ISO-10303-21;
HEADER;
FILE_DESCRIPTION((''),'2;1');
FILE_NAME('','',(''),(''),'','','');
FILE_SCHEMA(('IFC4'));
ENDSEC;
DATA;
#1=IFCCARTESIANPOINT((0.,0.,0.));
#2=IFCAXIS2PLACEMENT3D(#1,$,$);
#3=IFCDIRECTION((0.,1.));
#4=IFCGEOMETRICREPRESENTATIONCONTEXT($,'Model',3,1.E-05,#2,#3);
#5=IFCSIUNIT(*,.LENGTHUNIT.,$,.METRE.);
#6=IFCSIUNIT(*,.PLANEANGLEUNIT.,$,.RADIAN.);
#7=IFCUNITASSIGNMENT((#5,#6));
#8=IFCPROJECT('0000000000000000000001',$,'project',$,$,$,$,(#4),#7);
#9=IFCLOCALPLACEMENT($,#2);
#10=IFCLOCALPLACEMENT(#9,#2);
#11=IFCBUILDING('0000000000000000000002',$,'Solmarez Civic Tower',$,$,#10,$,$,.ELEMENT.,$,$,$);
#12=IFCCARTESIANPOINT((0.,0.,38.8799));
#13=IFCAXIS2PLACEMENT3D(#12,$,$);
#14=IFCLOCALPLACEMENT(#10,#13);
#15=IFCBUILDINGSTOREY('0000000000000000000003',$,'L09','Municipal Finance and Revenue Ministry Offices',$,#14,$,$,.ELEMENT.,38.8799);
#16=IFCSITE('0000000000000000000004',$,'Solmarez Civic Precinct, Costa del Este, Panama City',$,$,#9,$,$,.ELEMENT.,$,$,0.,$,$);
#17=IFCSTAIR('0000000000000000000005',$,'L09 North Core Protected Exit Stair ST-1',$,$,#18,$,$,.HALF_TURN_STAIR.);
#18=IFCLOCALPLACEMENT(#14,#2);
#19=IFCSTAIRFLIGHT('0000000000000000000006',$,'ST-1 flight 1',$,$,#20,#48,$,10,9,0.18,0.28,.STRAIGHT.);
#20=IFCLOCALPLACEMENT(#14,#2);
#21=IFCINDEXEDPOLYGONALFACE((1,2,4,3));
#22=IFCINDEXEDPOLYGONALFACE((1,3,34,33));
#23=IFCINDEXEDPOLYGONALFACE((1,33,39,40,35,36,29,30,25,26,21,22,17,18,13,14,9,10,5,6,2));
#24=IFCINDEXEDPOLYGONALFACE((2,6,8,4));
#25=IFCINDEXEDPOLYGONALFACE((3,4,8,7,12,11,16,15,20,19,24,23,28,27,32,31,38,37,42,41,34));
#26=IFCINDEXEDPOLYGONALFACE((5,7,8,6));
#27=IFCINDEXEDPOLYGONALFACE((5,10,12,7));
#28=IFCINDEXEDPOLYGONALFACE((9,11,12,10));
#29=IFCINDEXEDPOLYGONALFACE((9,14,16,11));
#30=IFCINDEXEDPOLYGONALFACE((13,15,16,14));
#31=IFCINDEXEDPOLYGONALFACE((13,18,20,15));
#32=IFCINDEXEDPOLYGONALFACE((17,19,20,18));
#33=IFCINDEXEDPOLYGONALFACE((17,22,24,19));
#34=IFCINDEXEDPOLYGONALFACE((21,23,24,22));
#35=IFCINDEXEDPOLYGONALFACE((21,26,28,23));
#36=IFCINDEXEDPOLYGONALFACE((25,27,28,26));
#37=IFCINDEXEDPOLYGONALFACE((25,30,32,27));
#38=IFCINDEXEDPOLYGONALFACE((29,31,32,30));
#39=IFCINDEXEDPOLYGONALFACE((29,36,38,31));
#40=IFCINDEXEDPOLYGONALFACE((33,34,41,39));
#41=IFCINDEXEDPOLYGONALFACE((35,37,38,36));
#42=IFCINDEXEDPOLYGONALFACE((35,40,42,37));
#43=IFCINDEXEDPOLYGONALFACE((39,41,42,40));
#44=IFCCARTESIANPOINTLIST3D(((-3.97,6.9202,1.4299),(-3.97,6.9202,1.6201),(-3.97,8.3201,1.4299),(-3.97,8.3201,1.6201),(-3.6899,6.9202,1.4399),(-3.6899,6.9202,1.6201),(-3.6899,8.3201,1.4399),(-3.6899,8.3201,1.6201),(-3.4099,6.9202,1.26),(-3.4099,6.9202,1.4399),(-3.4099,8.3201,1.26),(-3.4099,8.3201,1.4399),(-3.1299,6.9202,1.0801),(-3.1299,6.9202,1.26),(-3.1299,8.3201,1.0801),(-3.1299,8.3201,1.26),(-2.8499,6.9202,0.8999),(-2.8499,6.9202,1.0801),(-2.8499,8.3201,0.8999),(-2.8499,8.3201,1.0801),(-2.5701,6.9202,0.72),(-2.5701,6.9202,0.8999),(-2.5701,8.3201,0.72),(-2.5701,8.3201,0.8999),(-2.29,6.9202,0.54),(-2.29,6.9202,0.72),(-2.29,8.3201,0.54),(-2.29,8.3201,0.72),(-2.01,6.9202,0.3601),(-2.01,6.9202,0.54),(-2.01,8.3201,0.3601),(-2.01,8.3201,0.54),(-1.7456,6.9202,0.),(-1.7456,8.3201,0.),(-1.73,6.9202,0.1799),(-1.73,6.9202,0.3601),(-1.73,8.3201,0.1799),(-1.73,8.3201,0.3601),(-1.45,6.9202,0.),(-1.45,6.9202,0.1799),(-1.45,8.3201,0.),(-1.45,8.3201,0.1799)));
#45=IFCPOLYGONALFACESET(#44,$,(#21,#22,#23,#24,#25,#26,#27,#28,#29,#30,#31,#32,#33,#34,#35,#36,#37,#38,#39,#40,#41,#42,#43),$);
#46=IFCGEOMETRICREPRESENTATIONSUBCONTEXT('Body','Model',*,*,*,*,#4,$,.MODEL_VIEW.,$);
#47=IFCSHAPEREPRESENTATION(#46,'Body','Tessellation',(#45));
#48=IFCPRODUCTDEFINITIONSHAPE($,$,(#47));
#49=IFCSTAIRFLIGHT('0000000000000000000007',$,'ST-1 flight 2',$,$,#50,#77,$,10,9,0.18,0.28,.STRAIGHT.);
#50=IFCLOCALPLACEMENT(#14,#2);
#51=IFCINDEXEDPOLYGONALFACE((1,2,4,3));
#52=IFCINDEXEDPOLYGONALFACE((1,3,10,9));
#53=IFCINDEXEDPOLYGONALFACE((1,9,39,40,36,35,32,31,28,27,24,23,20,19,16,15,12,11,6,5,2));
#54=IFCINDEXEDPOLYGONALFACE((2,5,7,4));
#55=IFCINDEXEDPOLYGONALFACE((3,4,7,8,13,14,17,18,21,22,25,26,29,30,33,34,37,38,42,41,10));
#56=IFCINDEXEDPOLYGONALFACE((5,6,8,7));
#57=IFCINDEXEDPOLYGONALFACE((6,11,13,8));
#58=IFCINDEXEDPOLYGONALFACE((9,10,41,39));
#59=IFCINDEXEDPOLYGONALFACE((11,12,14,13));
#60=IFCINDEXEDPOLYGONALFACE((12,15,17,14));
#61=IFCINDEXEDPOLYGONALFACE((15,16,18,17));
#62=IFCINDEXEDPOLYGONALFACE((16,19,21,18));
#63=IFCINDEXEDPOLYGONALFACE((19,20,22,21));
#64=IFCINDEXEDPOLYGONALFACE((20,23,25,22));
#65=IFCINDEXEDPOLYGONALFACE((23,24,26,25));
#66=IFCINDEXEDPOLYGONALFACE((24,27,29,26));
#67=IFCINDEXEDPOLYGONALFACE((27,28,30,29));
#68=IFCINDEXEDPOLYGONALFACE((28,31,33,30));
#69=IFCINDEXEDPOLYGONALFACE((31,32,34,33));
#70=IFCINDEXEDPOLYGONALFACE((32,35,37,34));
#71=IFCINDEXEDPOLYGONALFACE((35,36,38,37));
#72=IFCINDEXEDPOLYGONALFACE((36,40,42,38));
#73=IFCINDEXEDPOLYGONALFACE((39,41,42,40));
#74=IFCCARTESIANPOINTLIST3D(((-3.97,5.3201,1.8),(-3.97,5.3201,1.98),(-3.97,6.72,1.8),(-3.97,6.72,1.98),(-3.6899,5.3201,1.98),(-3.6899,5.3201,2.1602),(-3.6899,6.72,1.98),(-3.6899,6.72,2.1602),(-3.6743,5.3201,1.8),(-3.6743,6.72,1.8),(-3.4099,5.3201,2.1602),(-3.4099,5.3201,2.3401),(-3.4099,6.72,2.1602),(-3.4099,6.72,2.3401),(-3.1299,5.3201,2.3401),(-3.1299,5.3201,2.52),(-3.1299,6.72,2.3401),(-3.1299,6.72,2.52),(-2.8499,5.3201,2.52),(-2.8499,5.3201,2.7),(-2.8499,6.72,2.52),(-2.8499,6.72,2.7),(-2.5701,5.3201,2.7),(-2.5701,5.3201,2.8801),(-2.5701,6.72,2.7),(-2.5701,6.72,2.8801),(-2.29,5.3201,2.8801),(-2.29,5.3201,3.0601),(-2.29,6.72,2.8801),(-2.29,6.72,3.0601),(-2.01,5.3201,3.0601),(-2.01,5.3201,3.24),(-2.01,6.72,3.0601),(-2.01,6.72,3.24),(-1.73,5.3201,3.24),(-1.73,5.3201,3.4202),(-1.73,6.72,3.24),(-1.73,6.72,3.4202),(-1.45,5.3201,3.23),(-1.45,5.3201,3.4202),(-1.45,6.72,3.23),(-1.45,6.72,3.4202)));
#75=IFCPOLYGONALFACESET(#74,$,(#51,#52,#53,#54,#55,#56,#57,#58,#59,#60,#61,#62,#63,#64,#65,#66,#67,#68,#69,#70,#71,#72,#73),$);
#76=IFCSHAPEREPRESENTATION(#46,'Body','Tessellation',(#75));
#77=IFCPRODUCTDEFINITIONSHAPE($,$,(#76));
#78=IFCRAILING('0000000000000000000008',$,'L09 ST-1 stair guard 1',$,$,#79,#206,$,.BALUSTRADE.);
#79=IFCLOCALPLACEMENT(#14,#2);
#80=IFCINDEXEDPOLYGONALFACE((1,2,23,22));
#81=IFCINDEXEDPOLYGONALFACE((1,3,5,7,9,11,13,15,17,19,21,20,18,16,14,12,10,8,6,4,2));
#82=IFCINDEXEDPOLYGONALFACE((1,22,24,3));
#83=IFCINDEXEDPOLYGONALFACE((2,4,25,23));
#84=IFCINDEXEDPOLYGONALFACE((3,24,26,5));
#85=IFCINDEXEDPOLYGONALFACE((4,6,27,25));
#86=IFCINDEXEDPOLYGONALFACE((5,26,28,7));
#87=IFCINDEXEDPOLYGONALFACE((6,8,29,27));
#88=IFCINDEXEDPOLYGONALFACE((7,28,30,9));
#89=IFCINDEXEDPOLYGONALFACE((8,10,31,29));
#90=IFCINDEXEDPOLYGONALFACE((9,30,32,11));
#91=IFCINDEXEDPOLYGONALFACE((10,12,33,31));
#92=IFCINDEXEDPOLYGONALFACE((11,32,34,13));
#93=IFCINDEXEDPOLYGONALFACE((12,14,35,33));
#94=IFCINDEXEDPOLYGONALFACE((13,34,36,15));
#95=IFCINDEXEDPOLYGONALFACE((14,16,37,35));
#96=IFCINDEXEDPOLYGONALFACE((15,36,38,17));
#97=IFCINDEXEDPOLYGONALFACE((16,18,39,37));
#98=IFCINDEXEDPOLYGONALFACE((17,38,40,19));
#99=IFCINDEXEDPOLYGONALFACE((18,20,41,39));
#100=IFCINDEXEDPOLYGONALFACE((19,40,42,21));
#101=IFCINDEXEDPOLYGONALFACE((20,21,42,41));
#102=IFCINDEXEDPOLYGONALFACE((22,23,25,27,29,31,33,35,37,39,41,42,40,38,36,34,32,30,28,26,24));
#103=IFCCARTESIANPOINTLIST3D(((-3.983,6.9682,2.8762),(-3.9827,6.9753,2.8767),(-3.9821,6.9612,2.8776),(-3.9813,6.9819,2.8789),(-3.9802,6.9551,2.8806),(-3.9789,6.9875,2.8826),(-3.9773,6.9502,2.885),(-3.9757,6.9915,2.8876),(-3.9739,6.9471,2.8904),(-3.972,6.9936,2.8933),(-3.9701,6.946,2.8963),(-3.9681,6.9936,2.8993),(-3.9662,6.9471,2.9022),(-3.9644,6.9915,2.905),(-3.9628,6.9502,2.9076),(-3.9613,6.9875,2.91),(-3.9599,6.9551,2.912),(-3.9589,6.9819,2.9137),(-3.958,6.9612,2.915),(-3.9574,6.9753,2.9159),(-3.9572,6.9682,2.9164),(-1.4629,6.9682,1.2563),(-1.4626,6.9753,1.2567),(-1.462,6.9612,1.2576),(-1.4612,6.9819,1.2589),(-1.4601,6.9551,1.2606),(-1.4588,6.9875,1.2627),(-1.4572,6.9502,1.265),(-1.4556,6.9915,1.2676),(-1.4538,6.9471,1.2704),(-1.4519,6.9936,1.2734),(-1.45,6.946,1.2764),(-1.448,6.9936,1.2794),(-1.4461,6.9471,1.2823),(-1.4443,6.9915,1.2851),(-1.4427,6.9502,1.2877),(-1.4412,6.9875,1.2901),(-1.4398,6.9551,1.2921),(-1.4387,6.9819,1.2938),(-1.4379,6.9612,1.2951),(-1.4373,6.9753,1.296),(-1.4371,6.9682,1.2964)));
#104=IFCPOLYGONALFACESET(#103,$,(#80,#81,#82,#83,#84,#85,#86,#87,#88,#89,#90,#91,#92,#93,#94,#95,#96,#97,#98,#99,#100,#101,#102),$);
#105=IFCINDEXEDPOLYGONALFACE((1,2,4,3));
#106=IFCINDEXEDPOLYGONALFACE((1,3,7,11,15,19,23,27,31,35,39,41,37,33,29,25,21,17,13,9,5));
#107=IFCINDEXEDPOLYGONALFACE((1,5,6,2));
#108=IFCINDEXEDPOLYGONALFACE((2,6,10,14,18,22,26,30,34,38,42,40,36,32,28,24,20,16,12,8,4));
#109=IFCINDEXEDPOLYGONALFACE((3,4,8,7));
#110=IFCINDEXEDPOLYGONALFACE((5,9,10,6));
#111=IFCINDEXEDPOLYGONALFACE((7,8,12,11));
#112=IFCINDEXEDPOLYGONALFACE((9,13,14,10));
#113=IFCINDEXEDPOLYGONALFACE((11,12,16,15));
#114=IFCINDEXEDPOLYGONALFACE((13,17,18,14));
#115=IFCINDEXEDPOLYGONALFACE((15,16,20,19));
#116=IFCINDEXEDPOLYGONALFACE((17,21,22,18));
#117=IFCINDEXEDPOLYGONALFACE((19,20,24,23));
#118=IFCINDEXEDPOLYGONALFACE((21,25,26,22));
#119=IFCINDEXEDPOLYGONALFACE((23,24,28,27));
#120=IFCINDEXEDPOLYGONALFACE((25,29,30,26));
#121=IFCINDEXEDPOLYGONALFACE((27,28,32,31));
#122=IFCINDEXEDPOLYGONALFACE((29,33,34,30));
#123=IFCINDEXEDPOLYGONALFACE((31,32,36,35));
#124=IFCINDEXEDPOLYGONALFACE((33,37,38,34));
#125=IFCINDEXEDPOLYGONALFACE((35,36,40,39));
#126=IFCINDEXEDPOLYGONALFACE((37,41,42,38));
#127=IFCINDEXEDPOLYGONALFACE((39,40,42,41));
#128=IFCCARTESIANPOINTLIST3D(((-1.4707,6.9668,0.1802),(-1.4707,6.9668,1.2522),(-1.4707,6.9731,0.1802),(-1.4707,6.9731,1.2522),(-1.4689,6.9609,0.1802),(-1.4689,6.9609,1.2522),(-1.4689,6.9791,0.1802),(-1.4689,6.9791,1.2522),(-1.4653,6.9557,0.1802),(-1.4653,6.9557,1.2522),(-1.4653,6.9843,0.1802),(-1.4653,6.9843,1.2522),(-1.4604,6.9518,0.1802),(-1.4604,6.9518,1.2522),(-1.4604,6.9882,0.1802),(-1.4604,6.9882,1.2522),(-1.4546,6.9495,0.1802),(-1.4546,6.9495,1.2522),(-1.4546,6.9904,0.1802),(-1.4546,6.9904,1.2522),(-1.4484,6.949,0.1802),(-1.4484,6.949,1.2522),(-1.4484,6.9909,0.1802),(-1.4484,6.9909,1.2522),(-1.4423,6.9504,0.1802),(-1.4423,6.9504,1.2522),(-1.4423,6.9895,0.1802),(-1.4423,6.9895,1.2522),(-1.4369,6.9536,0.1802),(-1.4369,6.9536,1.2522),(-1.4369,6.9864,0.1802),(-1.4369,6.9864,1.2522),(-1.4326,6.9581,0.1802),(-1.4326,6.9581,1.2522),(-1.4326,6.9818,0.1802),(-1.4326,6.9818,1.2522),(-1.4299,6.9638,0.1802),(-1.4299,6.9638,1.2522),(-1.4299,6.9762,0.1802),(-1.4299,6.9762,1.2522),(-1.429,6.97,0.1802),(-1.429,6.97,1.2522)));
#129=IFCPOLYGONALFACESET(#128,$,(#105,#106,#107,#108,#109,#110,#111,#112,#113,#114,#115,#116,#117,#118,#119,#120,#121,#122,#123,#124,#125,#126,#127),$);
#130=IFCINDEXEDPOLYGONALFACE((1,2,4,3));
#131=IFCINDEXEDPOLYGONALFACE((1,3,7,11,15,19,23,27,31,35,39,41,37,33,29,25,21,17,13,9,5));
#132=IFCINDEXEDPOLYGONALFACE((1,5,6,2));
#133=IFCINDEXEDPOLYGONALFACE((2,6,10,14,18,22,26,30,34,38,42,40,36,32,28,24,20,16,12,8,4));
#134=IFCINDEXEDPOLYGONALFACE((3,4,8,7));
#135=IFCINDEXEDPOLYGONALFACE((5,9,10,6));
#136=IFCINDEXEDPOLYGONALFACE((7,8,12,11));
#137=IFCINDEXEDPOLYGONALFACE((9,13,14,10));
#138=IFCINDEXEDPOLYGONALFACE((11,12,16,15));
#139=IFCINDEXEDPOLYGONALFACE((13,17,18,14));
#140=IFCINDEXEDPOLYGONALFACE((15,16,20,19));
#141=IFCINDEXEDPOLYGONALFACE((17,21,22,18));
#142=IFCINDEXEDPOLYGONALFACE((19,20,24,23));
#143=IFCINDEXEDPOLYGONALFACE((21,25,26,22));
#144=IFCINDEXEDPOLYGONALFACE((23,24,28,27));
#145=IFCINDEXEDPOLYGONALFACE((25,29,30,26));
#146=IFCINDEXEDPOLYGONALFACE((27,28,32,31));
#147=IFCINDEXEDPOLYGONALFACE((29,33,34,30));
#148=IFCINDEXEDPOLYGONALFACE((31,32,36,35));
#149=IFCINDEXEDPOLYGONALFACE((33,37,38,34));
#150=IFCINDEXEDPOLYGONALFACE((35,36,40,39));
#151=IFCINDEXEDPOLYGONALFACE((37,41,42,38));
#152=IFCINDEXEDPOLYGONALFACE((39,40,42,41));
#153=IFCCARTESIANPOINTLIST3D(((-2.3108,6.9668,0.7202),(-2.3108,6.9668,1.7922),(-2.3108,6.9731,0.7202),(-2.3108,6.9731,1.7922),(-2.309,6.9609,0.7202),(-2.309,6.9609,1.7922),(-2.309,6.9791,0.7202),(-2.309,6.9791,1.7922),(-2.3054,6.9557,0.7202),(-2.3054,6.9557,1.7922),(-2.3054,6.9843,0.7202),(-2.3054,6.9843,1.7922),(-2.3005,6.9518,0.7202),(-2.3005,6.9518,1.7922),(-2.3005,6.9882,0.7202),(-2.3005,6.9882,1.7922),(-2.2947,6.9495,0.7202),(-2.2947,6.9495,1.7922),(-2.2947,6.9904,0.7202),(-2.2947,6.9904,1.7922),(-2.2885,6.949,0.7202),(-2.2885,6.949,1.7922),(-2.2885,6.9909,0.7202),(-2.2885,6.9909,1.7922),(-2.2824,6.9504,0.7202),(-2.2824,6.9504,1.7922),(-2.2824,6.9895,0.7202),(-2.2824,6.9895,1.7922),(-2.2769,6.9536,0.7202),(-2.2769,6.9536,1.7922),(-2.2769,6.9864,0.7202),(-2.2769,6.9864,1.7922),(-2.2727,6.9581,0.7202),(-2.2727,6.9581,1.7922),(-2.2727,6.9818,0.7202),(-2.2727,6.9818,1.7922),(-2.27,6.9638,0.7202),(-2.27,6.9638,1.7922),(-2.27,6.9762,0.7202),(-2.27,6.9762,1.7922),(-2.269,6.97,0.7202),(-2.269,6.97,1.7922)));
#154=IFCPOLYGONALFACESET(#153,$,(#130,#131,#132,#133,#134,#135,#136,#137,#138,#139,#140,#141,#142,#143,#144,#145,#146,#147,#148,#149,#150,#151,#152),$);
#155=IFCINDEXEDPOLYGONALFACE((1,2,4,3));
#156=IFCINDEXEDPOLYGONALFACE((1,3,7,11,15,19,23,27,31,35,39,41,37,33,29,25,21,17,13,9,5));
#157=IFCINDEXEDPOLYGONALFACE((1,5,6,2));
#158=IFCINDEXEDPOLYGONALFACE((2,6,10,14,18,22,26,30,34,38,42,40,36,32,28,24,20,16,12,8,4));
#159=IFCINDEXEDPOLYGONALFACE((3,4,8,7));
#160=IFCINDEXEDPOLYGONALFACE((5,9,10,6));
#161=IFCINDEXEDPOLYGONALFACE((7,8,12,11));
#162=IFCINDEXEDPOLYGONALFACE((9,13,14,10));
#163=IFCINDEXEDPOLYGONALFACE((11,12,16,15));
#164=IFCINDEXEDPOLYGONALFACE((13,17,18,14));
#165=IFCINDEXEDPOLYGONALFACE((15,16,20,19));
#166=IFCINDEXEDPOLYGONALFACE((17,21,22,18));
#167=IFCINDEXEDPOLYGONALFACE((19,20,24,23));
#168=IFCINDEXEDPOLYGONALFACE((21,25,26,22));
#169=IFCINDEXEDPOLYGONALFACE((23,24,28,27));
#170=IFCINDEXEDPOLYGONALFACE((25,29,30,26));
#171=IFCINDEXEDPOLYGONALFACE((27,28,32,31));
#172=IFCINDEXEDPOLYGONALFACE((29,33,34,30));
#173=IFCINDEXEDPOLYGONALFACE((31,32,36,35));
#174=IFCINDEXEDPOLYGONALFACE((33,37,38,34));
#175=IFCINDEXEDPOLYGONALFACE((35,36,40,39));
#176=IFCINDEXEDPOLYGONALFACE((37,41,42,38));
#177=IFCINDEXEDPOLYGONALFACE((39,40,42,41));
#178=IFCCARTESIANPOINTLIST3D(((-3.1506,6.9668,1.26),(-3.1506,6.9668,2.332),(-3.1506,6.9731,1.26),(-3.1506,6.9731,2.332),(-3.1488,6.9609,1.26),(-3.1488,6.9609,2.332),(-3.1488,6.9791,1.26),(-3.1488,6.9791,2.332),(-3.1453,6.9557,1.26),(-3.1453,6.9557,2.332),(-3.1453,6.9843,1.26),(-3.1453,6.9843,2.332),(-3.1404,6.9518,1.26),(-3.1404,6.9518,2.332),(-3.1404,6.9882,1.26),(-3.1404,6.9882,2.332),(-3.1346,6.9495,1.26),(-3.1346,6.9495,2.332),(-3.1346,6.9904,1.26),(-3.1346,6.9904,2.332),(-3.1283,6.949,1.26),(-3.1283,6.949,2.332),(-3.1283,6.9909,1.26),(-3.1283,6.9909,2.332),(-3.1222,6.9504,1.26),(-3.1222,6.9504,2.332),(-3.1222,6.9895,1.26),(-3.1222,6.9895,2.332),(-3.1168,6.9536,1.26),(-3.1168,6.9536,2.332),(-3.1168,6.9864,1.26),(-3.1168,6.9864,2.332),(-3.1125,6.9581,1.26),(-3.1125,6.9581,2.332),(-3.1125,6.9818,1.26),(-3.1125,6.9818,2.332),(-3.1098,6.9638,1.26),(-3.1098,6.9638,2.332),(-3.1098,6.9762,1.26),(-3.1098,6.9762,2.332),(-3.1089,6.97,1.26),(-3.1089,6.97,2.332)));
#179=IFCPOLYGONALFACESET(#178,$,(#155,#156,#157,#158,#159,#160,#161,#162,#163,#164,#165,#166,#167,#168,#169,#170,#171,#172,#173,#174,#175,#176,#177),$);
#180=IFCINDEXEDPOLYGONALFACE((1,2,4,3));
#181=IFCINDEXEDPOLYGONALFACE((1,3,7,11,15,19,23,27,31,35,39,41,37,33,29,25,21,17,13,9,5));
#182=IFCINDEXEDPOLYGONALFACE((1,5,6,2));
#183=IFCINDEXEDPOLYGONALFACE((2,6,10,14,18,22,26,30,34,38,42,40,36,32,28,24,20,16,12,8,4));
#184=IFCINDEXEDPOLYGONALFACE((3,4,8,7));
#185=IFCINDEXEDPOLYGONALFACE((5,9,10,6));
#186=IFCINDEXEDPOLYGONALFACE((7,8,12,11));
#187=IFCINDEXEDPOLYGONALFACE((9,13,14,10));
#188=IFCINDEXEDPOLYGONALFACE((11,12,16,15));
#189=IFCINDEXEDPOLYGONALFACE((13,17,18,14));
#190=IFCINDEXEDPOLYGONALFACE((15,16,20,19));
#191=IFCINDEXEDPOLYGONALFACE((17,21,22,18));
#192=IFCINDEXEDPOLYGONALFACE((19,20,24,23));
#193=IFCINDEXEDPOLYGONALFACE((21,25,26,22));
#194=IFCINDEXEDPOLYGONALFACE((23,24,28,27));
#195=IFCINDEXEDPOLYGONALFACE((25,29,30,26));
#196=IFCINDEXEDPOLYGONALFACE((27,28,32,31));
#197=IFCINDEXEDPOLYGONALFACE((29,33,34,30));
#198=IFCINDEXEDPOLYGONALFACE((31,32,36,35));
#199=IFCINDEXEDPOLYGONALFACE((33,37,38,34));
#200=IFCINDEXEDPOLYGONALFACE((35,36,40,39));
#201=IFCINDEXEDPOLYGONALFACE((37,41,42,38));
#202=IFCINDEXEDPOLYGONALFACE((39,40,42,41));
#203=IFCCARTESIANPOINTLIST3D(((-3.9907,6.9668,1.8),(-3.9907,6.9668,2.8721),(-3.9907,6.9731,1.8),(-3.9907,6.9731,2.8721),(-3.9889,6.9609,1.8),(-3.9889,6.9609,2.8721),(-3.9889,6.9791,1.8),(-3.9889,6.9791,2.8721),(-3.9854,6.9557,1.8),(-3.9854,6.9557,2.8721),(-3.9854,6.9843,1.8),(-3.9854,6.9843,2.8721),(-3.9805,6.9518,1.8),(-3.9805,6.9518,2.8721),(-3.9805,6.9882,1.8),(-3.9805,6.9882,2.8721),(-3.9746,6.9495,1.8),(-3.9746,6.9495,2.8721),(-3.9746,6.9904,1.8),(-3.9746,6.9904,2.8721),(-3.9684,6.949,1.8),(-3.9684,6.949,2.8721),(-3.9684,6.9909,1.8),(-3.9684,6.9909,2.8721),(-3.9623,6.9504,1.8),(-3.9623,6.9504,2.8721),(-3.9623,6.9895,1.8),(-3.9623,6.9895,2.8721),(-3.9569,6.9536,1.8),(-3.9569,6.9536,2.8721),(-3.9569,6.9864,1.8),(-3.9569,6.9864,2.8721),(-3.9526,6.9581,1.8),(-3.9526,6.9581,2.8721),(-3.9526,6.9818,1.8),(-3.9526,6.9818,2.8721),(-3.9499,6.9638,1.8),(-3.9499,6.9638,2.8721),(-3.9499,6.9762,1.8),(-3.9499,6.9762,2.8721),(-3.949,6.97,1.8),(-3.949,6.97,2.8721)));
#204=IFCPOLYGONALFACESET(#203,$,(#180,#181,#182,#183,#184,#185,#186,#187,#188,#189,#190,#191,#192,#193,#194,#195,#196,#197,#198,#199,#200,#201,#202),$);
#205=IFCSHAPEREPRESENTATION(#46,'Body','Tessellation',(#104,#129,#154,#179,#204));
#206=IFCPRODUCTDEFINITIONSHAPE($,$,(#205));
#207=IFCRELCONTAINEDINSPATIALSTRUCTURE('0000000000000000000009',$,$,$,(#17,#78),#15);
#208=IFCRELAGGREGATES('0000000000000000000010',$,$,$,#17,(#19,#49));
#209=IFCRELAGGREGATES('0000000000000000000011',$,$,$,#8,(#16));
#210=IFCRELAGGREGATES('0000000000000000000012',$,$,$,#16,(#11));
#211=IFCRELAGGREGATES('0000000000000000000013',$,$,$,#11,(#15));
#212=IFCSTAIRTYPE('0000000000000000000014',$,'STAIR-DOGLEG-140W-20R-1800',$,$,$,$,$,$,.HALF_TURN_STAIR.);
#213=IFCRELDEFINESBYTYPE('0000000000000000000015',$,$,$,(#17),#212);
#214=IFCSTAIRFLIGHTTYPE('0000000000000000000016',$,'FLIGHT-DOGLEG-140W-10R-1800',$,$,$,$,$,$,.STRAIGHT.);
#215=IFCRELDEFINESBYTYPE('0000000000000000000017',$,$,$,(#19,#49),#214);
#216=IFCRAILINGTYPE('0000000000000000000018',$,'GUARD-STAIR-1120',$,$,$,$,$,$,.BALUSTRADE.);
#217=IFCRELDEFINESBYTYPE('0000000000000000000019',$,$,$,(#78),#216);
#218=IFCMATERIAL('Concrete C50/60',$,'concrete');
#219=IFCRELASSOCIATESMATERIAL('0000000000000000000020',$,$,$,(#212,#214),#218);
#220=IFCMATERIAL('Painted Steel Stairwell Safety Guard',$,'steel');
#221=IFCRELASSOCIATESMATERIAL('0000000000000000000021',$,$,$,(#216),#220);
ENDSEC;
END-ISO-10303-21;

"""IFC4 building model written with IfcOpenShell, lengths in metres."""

from ifc_helpers import new_model, si_unit, direction, frame, origin, origin_2d, place, context, subcontext, project, spatial, polyline, circle, outline, extrude, material, type_object, element, aggregate, save


model = new_model("IFC4")

# Units and contexts
model_context = context("Model", 3, precision=1e-05, world=origin(), true_north=direction((0.0, 1.0)))
body_context = subcontext(model_context, "Body", "Model", "MODEL_VIEW")
ifc_project = project(units=[si_unit("LENGTHUNIT", "METRE"), si_unit("PLANEANGLEUNIT", "RADIAN")], contexts=[model_context])

# Site, building, storey
site_placement = place(None, origin())
site = spatial("IfcSite", under=ifc_project, at=site_placement, Name="Solmarez Civic Precinct, Costa del Este, Panama City", CompositionType="ELEMENT", RefElevation=0.0)
building_placement = place(site_placement, origin())
building = spatial("IfcBuilding", under=site, at=building_placement, Name="Solmarez Civic Tower", CompositionType="ELEMENT")
storey_placement = place(building_placement, frame((0.0, 0.0, 38.8799)))
storey = spatial("IfcBuildingStorey", under=building, at=storey_placement, Name="L09", Description="Municipal Finance and Revenue Ministry Offices", CompositionType="ELEMENT", Elevation=38.8799)

# Shared definitions
ifc_material_1 = material(Name="Concrete C50/60", Category="concrete")

# Stair, stair flights
stair_type = type_object("IfcStairType", Name="STAIR-DOGLEG-140W-20R-1800", PredefinedType="HALF_TURN_STAIR", material=ifc_material_1)
stair_placement = place(storey_placement, origin())
stair = element("IfcStair", 1, at=stair_placement, inside=storey, type_object=stair_type, Name="L09 North Core Protected Exit Stair ST-1", PredefinedType="HALF_TURN_STAIR")
stair_flight_type = type_object("IfcStairFlightType", Name="FLIGHT-DOGLEG-140W-10R-1800", PredefinedType="STRAIGHT", material=ifc_material_1)
stair_flight_1_placement = place(storey_placement, frame((-1.45, 7.6201, 0.0), z_axis=(0.0, 0.0, 1.0), x_axis=(-1.0, 0.0, 0.0)))
stair_flight_1 = element("IfcStairFlight", 2, at=stair_flight_1_placement, type_object=stair_flight_type, Name="ST-1 flight 1", NumberOfRisers=10, NumberOfTreads=9, PredefinedType="STRAIGHT", RiserHeight=0.18, TreadLength=0.28, context=body_context, shape_type="SweptSolid", body=[
    extrude(outline(polyline([(0.0, 0.0), (0.0, 0.1799), (0.28, 0.1799), (0.28, 0.3601), (0.5601, 0.3601), (0.5601, 0.54), (0.8401, 0.54), (0.8401, 0.72), (1.1201, 0.72), (1.1201, 0.8999), (1.3999, 0.8999), (1.3999, 1.0801), (1.6799, 1.0801), (1.6799, 1.26), (1.96, 1.26), (1.96, 1.4399), (2.24, 1.4399), (2.24, 1.6201), (2.52, 1.6201), (2.52, 1.8), (2.52, 1.4299), (0.2957, 0.0), (0.0, 0.0)])), frame((0.0, 0.7, 0.0), z_axis=(0.0, -1.0, 0.0), x_axis=(1.0, 0.0, 0.0)), (0.0, 0.0, 1.0), 1.3999),
])
stair_flight_2_placement = place(storey_placement, frame((-3.97, 6.02, 1.8), z_axis=(0.0, 0.0, 1.0), x_axis=(1.0, 0.0, 0.0)))
stair_flight_2 = element("IfcStairFlight", 3, at=stair_flight_2_placement, type_object=stair_flight_type, Name="ST-1 flight 2", NumberOfRisers=10, NumberOfTreads=9, PredefinedType="STRAIGHT", RiserHeight=0.18, TreadLength=0.28, context=body_context, shape_type="SweptSolid", body=[
    extrude(outline(polyline([(0.0, 0.0), (0.0, 0.1799), (0.28, 0.1799), (0.28, 0.3601), (0.5601, 0.3601), (0.5601, 0.54), (0.8401, 0.54), (0.8401, 0.72), (1.1201, 0.72), (1.1201, 0.8999), (1.3999, 0.8999), (1.3999, 1.0801), (1.6799, 1.0801), (1.6799, 1.26), (1.96, 1.26), (1.96, 1.4399), (2.24, 1.4399), (2.24, 1.6201), (2.52, 1.6201), (2.52, 1.8), (2.52, 1.4299), (0.2957, 0.0), (0.0, 0.0)])), frame((0.0, 0.7, 0.0), z_axis=(0.0, -1.0, 0.0), x_axis=(1.0, 0.0, 0.0)), (0.0, 0.0, 1.0), 1.3999),
])
aggregate(stair, [stair_flight_1, stair_flight_2])

# Railing
ifc_material_2 = material(Name="Painted Steel Stairwell Safety Guard", Category="steel")
railing_type_1 = type_object("IfcRailingType", Name="GUARD-STAIR-1120", PredefinedType="BALUSTRADE", material=ifc_material_2)
railing_1_placement = place(storey_placement, frame((-1.45, 6.97, 0.1802)))
element("IfcRailing", 4, at=railing_1_placement, inside=storey, type_object=railing_type_1, Name="L09 ST-1 stair guard 1", PredefinedType="BALUSTRADE", context=body_context, shape_type="SweptSolid", body=[
    extrude(circle(Radius=0.0239, at=origin_2d()), frame((0.0, 0.0, 1.0962), z_axis=(-0.8412, 0.0, 0.540725), x_axis=(0.0, -1.0, 0.0)), (0.0, 0.0, 1.0), 2.9958),
    extrude(circle(Radius=0.021, at=origin_2d()), origin(), (0.0, 0.0, 1.0), 1.072),
    extrude(circle(Radius=0.021, at=origin_2d()), frame((-0.8401, 0.0, 0.54)), (0.0, 0.0, 1.0), 1.072),
    extrude(circle(Radius=0.021, at=origin_2d()), frame((-1.6799, 0.0, 1.0798)), (0.0, 0.0, 1.0), 1.072),
    extrude(circle(Radius=0.021, at=origin_2d()), frame((-2.52, 0.0, 1.6199)), (0.0, 0.0, 1.0), 1.072),
])

save(model, "model.ifc")
